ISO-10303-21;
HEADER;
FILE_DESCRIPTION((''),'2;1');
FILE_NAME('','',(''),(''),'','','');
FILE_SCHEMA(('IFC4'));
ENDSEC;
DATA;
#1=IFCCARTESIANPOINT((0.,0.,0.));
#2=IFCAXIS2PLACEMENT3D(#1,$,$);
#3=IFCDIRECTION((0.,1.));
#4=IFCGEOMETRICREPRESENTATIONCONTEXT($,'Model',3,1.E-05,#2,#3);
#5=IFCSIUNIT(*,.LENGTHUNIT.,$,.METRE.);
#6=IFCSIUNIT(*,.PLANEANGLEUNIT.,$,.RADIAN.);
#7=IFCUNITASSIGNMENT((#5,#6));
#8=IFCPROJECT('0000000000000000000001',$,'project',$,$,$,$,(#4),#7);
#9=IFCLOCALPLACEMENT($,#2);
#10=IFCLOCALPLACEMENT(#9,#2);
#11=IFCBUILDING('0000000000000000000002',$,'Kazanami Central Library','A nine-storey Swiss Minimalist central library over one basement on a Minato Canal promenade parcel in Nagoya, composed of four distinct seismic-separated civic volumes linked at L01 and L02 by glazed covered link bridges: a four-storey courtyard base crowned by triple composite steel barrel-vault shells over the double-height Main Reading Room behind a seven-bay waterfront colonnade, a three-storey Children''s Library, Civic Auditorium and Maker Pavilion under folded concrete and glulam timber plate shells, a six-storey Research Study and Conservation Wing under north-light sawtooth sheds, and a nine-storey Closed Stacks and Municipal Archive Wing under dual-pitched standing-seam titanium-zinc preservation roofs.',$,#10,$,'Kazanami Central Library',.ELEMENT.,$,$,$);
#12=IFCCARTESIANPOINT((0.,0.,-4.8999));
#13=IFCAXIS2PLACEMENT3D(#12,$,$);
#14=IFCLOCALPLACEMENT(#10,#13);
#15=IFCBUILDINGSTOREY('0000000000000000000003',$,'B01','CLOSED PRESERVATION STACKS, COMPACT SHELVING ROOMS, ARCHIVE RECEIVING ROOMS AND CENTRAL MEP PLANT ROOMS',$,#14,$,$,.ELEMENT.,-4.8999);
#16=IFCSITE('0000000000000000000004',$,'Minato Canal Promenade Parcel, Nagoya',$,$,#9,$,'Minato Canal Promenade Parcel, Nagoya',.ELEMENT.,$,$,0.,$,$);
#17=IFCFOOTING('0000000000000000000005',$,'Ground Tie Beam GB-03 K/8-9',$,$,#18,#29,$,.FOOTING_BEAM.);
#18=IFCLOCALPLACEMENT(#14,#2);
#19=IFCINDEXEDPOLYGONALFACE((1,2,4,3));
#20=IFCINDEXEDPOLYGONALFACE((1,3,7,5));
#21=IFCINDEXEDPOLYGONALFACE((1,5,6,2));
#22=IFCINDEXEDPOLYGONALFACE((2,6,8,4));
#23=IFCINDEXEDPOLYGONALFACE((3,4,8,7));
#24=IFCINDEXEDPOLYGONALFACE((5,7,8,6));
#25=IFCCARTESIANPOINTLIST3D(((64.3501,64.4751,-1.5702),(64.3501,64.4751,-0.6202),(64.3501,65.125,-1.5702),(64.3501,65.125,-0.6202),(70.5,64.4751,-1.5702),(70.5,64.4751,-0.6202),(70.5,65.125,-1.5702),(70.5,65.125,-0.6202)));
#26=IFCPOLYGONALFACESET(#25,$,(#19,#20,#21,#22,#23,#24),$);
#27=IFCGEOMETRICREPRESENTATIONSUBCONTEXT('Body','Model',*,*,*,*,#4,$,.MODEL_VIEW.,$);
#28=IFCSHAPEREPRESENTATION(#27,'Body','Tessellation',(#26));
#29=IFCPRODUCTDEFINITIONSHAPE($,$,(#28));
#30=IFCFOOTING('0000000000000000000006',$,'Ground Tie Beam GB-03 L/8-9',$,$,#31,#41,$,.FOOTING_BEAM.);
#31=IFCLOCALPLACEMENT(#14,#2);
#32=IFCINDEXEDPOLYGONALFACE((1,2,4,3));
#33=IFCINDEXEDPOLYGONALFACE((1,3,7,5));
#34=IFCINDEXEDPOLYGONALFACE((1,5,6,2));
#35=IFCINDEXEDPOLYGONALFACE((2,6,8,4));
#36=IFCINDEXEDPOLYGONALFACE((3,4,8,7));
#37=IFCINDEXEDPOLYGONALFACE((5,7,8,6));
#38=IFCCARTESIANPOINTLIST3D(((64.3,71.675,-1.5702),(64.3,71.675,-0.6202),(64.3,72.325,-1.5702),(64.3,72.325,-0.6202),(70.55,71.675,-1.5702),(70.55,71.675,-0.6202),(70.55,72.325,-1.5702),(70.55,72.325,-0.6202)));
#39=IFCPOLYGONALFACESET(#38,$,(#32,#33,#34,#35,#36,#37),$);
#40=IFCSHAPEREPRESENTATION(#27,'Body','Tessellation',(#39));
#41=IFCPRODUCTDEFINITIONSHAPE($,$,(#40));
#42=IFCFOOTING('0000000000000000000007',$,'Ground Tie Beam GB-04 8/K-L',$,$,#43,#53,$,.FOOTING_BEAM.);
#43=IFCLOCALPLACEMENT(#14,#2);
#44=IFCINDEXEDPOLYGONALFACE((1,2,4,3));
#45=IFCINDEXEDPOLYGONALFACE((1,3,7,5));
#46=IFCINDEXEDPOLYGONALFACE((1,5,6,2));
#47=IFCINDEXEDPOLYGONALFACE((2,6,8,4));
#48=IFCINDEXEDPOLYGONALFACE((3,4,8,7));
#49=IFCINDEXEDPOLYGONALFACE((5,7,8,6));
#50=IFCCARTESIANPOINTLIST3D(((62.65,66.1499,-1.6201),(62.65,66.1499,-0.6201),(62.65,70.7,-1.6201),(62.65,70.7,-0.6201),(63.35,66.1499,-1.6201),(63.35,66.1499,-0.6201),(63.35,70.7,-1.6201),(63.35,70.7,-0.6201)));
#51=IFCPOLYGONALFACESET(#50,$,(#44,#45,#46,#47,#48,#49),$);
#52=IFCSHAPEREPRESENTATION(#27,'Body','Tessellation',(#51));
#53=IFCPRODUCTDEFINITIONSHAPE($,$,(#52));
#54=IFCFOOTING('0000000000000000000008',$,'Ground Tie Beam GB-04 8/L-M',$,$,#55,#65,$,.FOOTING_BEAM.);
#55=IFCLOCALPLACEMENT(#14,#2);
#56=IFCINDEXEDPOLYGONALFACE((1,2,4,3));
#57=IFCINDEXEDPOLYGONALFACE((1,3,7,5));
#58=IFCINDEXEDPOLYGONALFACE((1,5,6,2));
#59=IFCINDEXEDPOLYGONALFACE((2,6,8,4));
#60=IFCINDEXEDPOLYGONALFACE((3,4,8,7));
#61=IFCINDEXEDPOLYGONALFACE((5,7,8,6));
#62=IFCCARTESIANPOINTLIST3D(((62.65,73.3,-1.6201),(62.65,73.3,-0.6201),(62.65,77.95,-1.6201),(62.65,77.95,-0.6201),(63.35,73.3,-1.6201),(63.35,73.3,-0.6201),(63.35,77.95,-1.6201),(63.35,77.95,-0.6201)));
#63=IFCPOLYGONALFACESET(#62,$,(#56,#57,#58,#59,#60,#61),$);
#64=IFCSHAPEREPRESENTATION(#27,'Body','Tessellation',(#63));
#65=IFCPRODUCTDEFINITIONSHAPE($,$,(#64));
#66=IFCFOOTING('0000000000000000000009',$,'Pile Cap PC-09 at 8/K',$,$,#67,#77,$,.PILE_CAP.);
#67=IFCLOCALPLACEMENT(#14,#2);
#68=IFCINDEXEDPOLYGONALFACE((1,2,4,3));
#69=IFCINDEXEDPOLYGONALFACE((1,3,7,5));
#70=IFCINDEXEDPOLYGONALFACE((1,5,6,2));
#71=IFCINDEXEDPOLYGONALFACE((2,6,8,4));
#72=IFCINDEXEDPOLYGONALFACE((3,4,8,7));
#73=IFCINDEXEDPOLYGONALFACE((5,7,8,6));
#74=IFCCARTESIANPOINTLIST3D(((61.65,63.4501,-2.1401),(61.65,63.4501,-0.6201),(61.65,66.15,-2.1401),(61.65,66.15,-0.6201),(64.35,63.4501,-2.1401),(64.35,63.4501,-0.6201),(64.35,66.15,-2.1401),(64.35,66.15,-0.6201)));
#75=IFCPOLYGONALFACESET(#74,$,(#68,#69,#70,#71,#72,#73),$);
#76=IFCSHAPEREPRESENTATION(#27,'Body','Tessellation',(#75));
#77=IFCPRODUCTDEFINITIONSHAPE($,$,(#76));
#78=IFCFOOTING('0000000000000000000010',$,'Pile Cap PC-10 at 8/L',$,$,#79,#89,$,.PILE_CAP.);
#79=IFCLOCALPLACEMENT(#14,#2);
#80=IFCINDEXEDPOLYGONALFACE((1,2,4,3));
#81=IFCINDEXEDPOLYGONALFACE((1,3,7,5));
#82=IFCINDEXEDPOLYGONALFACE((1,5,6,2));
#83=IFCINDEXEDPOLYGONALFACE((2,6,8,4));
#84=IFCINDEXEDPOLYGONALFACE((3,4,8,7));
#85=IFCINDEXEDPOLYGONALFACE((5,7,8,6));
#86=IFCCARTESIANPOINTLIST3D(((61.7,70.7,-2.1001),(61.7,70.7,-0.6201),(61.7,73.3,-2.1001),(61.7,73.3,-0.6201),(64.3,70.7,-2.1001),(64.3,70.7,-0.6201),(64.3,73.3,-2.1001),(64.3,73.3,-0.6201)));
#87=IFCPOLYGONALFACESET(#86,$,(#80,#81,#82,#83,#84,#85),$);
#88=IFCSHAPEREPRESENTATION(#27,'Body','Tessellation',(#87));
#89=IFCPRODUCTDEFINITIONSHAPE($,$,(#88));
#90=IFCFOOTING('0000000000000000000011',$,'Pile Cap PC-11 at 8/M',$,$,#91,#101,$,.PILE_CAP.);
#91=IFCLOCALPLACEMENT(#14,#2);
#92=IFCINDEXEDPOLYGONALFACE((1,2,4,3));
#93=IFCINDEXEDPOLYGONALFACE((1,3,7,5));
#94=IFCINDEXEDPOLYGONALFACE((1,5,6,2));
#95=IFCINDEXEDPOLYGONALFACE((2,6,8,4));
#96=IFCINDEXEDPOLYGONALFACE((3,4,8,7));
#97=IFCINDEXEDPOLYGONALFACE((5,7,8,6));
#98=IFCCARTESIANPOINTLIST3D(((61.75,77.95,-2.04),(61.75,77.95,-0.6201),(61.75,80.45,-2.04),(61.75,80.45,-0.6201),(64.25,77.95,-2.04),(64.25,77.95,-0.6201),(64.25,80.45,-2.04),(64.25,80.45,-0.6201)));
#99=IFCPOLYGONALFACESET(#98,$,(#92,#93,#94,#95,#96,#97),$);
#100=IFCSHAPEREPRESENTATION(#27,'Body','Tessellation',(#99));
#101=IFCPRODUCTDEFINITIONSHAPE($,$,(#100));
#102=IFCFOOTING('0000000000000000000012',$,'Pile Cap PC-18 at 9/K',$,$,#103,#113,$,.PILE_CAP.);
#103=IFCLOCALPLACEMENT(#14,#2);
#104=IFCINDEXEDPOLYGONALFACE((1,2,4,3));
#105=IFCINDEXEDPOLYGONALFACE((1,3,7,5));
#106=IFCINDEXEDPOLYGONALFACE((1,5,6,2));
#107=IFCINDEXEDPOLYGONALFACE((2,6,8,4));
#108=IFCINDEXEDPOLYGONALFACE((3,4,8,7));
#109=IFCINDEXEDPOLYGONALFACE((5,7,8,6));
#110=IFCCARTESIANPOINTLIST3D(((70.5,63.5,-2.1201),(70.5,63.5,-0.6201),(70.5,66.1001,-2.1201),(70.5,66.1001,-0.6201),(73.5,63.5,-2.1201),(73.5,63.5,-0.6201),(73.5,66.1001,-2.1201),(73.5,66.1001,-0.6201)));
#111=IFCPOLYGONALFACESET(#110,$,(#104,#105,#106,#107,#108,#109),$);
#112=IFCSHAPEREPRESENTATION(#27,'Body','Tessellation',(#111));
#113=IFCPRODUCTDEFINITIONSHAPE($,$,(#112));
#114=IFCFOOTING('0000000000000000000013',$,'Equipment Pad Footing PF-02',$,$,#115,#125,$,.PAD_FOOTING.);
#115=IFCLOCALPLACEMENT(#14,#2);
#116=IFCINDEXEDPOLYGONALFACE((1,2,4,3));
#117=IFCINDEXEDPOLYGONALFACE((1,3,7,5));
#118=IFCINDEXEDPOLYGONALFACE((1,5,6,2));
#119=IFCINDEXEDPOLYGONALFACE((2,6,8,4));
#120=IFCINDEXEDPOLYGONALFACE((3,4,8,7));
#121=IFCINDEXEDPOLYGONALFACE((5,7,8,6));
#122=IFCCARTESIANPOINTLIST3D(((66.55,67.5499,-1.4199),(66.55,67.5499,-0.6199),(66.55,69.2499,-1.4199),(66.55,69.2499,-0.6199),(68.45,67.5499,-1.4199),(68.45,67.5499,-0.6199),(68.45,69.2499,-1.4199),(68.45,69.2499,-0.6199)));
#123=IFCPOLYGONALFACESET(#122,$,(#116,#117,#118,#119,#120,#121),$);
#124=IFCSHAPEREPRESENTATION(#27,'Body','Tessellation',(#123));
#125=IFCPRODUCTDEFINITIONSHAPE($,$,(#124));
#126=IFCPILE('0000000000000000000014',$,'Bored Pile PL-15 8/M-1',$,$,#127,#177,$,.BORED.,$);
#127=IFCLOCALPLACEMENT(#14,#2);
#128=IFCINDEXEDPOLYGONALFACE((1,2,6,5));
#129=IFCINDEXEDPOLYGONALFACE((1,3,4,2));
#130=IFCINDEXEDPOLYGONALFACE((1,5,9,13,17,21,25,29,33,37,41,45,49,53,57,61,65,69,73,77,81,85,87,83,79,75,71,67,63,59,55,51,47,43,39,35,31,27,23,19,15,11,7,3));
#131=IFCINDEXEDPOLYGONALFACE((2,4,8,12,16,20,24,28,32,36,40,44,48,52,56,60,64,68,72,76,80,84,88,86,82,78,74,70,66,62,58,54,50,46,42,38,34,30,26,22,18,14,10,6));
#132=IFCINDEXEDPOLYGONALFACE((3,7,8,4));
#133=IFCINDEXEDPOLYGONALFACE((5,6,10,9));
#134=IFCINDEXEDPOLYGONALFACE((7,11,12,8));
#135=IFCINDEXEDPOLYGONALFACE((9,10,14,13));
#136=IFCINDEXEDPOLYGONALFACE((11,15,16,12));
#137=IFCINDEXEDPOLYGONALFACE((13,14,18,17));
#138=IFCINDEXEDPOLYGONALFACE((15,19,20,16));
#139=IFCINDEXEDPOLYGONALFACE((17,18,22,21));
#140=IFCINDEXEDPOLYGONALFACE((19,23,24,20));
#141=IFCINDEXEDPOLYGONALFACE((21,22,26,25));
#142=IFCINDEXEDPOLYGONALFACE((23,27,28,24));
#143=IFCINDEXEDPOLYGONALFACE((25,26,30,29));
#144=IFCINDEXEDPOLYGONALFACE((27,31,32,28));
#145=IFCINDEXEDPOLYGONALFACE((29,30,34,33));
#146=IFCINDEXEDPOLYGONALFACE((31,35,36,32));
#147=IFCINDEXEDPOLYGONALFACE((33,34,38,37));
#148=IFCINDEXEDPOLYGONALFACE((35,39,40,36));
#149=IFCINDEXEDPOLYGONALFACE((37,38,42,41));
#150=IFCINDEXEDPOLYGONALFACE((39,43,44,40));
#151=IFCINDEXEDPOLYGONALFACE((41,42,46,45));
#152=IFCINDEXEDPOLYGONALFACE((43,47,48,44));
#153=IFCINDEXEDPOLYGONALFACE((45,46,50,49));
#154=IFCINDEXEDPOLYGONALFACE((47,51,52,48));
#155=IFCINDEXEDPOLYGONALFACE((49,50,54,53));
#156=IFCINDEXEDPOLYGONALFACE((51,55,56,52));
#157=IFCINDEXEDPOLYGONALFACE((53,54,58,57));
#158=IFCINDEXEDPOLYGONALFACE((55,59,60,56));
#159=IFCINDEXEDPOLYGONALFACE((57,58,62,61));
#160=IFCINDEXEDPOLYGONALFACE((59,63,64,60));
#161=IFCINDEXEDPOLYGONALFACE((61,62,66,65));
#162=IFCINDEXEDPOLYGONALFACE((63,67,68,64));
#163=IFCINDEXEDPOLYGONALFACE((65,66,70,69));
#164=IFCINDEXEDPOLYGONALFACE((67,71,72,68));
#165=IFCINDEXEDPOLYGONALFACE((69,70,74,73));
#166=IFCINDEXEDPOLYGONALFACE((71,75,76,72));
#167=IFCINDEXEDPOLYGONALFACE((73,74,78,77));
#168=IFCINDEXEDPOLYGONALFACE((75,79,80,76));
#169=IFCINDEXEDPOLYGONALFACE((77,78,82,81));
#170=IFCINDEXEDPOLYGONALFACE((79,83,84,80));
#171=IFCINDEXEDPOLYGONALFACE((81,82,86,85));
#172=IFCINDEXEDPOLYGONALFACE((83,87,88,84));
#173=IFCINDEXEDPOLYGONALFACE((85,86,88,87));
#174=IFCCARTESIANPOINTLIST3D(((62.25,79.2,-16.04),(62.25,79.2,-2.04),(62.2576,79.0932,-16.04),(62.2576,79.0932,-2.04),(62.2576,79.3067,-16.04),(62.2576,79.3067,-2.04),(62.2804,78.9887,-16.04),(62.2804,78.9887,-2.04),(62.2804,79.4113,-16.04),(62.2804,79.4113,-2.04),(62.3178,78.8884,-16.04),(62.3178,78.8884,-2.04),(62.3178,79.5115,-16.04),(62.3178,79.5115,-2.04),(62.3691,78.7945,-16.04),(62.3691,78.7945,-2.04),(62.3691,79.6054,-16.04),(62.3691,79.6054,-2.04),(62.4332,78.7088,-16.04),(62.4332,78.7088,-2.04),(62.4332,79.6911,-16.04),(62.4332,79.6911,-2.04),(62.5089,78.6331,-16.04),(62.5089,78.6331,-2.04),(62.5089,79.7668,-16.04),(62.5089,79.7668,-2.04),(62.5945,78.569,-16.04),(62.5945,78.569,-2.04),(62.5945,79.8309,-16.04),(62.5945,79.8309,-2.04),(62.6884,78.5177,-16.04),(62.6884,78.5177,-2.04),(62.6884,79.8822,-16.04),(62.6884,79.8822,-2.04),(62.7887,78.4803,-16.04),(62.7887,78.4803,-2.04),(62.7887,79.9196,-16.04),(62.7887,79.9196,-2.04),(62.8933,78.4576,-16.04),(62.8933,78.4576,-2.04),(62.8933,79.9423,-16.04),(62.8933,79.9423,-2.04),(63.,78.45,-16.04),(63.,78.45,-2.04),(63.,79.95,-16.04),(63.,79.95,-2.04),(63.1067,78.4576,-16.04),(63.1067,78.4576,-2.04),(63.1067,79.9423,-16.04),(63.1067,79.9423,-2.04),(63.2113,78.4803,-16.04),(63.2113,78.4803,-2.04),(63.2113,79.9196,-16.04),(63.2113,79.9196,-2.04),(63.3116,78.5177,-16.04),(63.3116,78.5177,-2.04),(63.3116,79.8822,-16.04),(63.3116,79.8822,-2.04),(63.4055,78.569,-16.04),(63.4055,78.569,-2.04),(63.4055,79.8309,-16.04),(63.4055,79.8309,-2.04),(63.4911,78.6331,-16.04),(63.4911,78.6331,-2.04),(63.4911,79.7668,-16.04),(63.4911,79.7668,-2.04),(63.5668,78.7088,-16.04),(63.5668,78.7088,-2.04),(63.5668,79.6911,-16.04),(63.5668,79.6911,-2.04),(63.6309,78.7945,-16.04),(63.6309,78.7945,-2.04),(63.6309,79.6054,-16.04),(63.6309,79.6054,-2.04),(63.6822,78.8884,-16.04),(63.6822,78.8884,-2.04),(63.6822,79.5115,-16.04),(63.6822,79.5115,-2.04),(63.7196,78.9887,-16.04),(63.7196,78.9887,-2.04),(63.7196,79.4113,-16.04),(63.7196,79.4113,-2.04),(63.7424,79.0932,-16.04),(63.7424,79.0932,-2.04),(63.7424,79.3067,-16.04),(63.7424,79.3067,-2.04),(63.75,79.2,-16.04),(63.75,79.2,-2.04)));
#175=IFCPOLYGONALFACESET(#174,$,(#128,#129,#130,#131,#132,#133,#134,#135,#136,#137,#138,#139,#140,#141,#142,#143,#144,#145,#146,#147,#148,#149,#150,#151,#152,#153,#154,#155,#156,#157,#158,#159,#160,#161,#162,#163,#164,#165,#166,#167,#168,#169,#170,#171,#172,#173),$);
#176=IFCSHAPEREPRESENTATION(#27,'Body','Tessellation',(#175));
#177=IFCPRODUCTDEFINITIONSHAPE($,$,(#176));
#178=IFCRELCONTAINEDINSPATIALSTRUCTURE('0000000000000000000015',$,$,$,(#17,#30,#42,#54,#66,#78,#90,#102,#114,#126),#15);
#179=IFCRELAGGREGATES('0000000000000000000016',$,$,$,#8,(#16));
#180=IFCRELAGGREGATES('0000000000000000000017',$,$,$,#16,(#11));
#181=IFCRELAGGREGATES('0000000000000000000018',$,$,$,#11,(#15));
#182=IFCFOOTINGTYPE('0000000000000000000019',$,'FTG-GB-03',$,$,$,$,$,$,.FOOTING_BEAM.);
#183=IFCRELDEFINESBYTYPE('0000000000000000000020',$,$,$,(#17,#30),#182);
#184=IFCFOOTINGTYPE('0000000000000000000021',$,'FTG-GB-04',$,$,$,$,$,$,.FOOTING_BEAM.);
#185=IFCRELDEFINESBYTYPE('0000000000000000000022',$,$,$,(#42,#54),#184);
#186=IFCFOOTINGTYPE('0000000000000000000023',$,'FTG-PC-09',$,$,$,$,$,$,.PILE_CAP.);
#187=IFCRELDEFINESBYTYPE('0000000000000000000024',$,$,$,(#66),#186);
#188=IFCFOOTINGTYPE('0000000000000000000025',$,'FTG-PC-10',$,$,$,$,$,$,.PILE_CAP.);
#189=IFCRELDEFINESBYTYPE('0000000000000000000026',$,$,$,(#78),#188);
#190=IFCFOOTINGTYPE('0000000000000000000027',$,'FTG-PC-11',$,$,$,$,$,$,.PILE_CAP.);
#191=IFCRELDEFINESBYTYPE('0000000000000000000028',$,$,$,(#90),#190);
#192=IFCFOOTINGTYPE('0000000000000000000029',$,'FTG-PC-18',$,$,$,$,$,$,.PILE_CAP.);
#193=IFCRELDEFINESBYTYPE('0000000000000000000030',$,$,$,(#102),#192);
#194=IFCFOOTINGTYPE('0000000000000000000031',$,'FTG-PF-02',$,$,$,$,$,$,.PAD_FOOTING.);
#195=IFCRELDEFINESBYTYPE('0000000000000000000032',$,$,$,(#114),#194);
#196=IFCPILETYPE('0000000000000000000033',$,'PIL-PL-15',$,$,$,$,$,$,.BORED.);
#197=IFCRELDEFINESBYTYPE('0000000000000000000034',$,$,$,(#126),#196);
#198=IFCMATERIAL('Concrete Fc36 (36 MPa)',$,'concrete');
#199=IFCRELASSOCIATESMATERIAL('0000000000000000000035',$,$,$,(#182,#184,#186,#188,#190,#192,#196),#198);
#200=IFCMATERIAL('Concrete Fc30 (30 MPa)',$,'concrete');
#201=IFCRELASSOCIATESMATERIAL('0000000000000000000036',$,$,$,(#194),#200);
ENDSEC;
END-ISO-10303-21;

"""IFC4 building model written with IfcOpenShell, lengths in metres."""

from ifc_helpers import new_model, si_unit, direction, frame, origin, origin_2d, place, context, subcontext, project, spatial, rectangle, circle, extrude, material, material_profile, profile_set, type_object, element, save


model = new_model("IFC4")

# Units and contexts
model_context = context("Model", 3, precision=1e-05, world=origin(), true_north=direction((0.0, 1.0)))
body_context = subcontext(model_context, "Body", "Model", "MODEL_VIEW")
ifc_project = project(units=[si_unit("LENGTHUNIT", "METRE"), si_unit("PLANEANGLEUNIT", "RADIAN")], contexts=[model_context])

# Site, building, storey
site_placement = place(None, origin())
site = spatial("IfcSite", under=ifc_project, at=site_placement, Name="Minato Canal Promenade Parcel, Nagoya", LongName="Minato Canal Promenade Parcel, Nagoya", CompositionType="ELEMENT", RefElevation=0.0)
building_placement = place(site_placement, origin())
building = spatial("IfcBuilding", under=site, at=building_placement, Name="Kazanami Central Library", Description="A nine-storey Swiss Minimalist central library over one basement on a Minato Canal promenade parcel in Nagoya, composed of four distinct seismic-separated civic volumes linked at L01 and L02 by glazed covered link bridges: a four-storey courtyard base crowned by triple composite steel barrel-vault shells over the double-height Main Reading Room behind a seven-bay waterfront colonnade, a three-storey Children's Library, Civic Auditorium and Maker Pavilion under folded concrete and glulam timber plate shells, a six-storey Research Study and Conservation Wing under north-light sawtooth sheds, and a nine-storey Closed Stacks and Municipal Archive Wing under dual-pitched standing-seam titanium-zinc preservation roofs.", LongName="Kazanami Central Library", CompositionType="ELEMENT")
storey_placement = place(building_placement, frame((0.0, 0.0, -4.8999)))
storey = spatial("IfcBuildingStorey", under=building, at=storey_placement, Name="B01", Description="CLOSED PRESERVATION STACKS, COMPACT SHELVING ROOMS, ARCHIVE RECEIVING ROOMS AND CENTRAL MEP PLANT ROOMS", CompositionType="ELEMENT", Elevation=-4.8999)

# Footings
ifc_material_1 = material(Name="Concrete Fc36 (36 MPa)", Category="concrete")
ifc_material_profile_1 = material_profile(ifc_material_1, rectangle(XDim=0.6499, YDim=0.95, at=origin_2d()), Name="RC-650x950")
ifc_profile_set_1 = profile_set([ifc_material_profile_1], Name="Concrete Fc36 (36 MPa)")
footing_type_1 = type_object("IfcFootingType", Name="FTG-GB-03", PredefinedType="FOOTING_BEAM", material=ifc_profile_set_1)
footing_1_placement = place(storey_placement, frame((64.3501, 64.8, -1.0952), z_axis=(1.0, 0.0, 0.0), x_axis=(0.0, 1.0, 0.0)))
element("IfcFooting", 1, at=footing_1_placement, inside=storey, type_object=footing_type_1, Name="Ground Tie Beam GB-03 K/8-9", PredefinedType="FOOTING_BEAM", context=body_context, shape_type="SweptSolid", body=[
    extrude(rectangle(XDim=0.6499, YDim=0.95, at=origin_2d()), origin(), (0.0, 0.0, 1.0), 6.1499),
])
footing_2_placement = place(storey_placement, frame((64.3, 72.0, -1.0952), z_axis=(1.0, 0.0, 0.0), x_axis=(0.0, 1.0, 0.0)))
element("IfcFooting", 2, at=footing_2_placement, inside=storey, type_object=footing_type_1, Name="Ground Tie Beam GB-03 L/8-9", PredefinedType="FOOTING_BEAM", context=body_context, shape_type="SweptSolid", body=[
    extrude(rectangle(XDim=0.6499, YDim=0.95, at=origin_2d()), origin(), (0.0, 0.0, 1.0), 6.25),
])
ifc_material_profile_2 = material_profile(ifc_material_1, rectangle(XDim=0.7, YDim=1.0, at=origin_2d()), Name="RC-700x1000")
ifc_profile_set_2 = profile_set([ifc_material_profile_2], Name="Concrete Fc36 (36 MPa)")
footing_type_2 = type_object("IfcFootingType", Name="FTG-GB-04", PredefinedType="FOOTING_BEAM", material=ifc_profile_set_2)
footing_3_placement = place(storey_placement, frame((63.0, 66.1499, -1.1201), z_axis=(0.0, 1.0, 0.0), x_axis=(-1.0, 0.0, 0.0)))
element("IfcFooting", 3, at=footing_3_placement, inside=storey, type_object=footing_type_2, Name="Ground Tie Beam GB-04 8/K-L", PredefinedType="FOOTING_BEAM", context=body_context, shape_type="SweptSolid", body=[
    extrude(rectangle(XDim=0.7, YDim=1.0, at=origin_2d()), origin(), (0.0, 0.0, 1.0), 4.55),
])
footing_4_placement = place(storey_placement, frame((63.0, 73.3, -1.1201), z_axis=(0.0, 1.0, 0.0), x_axis=(-1.0, 0.0, 0.0)))
element("IfcFooting", 4, at=footing_4_placement, inside=storey, type_object=footing_type_2, Name="Ground Tie Beam GB-04 8/L-M", PredefinedType="FOOTING_BEAM", context=body_context, shape_type="SweptSolid", body=[
    extrude(rectangle(XDim=0.7, YDim=1.0, at=origin_2d()), origin(), (0.0, 0.0, 1.0), 4.6499),
])
footing_type_3 = type_object("IfcFootingType", Name="FTG-PC-09", PredefinedType="PILE_CAP", material=ifc_material_1)
footing_5_placement = place(storey_placement, frame((63.0, 64.8, -2.1401), z_axis=(0.0, 0.0, 1.0), x_axis=(1.0, 0.0, 0.0)))
element("IfcFooting", 5, at=footing_5_placement, inside=storey, type_object=footing_type_3, Name="Pile Cap PC-09 at 8/K", PredefinedType="PILE_CAP", context=body_context, shape_type="SweptSolid", body=[
    extrude(rectangle(XDim=2.7, YDim=2.7, at=origin_2d()), origin(), (0.0, 0.0, 1.0), 1.52),
])
footing_type_4 = type_object("IfcFootingType", Name="FTG-PC-10", PredefinedType="PILE_CAP", material=ifc_material_1)
footing_6_placement = place(storey_placement, frame((63.0, 72.0, -2.1001), z_axis=(0.0, 0.0, 1.0), x_axis=(1.0, 0.0, 0.0)))
element("IfcFooting", 6, at=footing_6_placement, inside=storey, type_object=footing_type_4, Name="Pile Cap PC-10 at 8/L", PredefinedType="PILE_CAP", context=body_context, shape_type="SweptSolid", body=[
    extrude(rectangle(XDim=2.6001, YDim=2.6001, at=origin_2d()), origin(), (0.0, 0.0, 1.0), 1.48),
])
footing_type_5 = type_object("IfcFootingType", Name="FTG-PC-11", PredefinedType="PILE_CAP", material=ifc_material_1)
footing_7_placement = place(storey_placement, frame((63.0, 79.2, -2.04), z_axis=(0.0, 0.0, 1.0), x_axis=(1.0, 0.0, 0.0)))
element("IfcFooting", 7, at=footing_7_placement, inside=storey, type_object=footing_type_5, Name="Pile Cap PC-11 at 8/M", PredefinedType="PILE_CAP", context=body_context, shape_type="SweptSolid", body=[
    extrude(rectangle(XDim=2.5, YDim=2.5, at=origin_2d()), origin(), (0.0, 0.0, 1.0), 1.4199),
])
footing_type_6 = type_object("IfcFootingType", Name="FTG-PC-18", PredefinedType="PILE_CAP", material=ifc_material_1)
footing_8_placement = place(storey_placement, frame((72.0, 64.8, -2.1201), z_axis=(0.0, 0.0, 1.0), x_axis=(1.0, 0.0, 0.0)))
element("IfcFooting", 8, at=footing_8_placement, inside=storey, type_object=footing_type_6, Name="Pile Cap PC-18 at 9/K", PredefinedType="PILE_CAP", context=body_context, shape_type="SweptSolid", body=[
    extrude(rectangle(XDim=3.0, YDim=2.6001, at=origin_2d()), origin(), (0.0, 0.0, 1.0), 1.5),
])
ifc_material_2 = material(Name="Concrete Fc30 (30 MPa)", Category="concrete")
footing_type_7 = type_object("IfcFootingType", Name="FTG-PF-02", PredefinedType="PAD_FOOTING", material=ifc_material_2)
footing_9_placement = place(storey_placement, frame((67.5, 68.3999, -1.4199), z_axis=(0.0, 0.0, 1.0), x_axis=(1.0, 0.0, 0.0)))
element("IfcFooting", 9, at=footing_9_placement, inside=storey, type_object=footing_type_7, Name="Equipment Pad Footing PF-02", PredefinedType="PAD_FOOTING", context=body_context, shape_type="SweptSolid", body=[
    extrude(rectangle(XDim=1.8999, YDim=1.7, at=origin_2d()), origin(), (0.0, 0.0, 1.0), 0.8),
])

# Pile
ifc_material_profile_3 = material_profile(ifc_material_1, circle(Radius=0.75, at=origin_2d()), Name="BORED-D1500")
ifc_profile_set_3 = profile_set([ifc_material_profile_3], Name="Concrete Fc36 (36 MPa)")
pile_type_1 = type_object("IfcPileType", Name="PIL-PL-15", PredefinedType="BORED", material=ifc_profile_set_3)
pile_1_placement = place(storey_placement, frame((63.0, 79.2, -2.04), z_axis=(0.0, 0.0, -1.0), x_axis=(1.0, 0.0, 0.0)))
element("IfcPile", 10, at=pile_1_placement, inside=storey, type_object=pile_type_1, Name="Bored Pile PL-15 8/M-1", PredefinedType="BORED", context=body_context, shape_type="SweptSolid", body=[
    extrude(circle(Radius=0.75, at=origin_2d()), origin(), (0.0, 0.0, 1.0), 14.0),
])

save(model, "model.ifc")
